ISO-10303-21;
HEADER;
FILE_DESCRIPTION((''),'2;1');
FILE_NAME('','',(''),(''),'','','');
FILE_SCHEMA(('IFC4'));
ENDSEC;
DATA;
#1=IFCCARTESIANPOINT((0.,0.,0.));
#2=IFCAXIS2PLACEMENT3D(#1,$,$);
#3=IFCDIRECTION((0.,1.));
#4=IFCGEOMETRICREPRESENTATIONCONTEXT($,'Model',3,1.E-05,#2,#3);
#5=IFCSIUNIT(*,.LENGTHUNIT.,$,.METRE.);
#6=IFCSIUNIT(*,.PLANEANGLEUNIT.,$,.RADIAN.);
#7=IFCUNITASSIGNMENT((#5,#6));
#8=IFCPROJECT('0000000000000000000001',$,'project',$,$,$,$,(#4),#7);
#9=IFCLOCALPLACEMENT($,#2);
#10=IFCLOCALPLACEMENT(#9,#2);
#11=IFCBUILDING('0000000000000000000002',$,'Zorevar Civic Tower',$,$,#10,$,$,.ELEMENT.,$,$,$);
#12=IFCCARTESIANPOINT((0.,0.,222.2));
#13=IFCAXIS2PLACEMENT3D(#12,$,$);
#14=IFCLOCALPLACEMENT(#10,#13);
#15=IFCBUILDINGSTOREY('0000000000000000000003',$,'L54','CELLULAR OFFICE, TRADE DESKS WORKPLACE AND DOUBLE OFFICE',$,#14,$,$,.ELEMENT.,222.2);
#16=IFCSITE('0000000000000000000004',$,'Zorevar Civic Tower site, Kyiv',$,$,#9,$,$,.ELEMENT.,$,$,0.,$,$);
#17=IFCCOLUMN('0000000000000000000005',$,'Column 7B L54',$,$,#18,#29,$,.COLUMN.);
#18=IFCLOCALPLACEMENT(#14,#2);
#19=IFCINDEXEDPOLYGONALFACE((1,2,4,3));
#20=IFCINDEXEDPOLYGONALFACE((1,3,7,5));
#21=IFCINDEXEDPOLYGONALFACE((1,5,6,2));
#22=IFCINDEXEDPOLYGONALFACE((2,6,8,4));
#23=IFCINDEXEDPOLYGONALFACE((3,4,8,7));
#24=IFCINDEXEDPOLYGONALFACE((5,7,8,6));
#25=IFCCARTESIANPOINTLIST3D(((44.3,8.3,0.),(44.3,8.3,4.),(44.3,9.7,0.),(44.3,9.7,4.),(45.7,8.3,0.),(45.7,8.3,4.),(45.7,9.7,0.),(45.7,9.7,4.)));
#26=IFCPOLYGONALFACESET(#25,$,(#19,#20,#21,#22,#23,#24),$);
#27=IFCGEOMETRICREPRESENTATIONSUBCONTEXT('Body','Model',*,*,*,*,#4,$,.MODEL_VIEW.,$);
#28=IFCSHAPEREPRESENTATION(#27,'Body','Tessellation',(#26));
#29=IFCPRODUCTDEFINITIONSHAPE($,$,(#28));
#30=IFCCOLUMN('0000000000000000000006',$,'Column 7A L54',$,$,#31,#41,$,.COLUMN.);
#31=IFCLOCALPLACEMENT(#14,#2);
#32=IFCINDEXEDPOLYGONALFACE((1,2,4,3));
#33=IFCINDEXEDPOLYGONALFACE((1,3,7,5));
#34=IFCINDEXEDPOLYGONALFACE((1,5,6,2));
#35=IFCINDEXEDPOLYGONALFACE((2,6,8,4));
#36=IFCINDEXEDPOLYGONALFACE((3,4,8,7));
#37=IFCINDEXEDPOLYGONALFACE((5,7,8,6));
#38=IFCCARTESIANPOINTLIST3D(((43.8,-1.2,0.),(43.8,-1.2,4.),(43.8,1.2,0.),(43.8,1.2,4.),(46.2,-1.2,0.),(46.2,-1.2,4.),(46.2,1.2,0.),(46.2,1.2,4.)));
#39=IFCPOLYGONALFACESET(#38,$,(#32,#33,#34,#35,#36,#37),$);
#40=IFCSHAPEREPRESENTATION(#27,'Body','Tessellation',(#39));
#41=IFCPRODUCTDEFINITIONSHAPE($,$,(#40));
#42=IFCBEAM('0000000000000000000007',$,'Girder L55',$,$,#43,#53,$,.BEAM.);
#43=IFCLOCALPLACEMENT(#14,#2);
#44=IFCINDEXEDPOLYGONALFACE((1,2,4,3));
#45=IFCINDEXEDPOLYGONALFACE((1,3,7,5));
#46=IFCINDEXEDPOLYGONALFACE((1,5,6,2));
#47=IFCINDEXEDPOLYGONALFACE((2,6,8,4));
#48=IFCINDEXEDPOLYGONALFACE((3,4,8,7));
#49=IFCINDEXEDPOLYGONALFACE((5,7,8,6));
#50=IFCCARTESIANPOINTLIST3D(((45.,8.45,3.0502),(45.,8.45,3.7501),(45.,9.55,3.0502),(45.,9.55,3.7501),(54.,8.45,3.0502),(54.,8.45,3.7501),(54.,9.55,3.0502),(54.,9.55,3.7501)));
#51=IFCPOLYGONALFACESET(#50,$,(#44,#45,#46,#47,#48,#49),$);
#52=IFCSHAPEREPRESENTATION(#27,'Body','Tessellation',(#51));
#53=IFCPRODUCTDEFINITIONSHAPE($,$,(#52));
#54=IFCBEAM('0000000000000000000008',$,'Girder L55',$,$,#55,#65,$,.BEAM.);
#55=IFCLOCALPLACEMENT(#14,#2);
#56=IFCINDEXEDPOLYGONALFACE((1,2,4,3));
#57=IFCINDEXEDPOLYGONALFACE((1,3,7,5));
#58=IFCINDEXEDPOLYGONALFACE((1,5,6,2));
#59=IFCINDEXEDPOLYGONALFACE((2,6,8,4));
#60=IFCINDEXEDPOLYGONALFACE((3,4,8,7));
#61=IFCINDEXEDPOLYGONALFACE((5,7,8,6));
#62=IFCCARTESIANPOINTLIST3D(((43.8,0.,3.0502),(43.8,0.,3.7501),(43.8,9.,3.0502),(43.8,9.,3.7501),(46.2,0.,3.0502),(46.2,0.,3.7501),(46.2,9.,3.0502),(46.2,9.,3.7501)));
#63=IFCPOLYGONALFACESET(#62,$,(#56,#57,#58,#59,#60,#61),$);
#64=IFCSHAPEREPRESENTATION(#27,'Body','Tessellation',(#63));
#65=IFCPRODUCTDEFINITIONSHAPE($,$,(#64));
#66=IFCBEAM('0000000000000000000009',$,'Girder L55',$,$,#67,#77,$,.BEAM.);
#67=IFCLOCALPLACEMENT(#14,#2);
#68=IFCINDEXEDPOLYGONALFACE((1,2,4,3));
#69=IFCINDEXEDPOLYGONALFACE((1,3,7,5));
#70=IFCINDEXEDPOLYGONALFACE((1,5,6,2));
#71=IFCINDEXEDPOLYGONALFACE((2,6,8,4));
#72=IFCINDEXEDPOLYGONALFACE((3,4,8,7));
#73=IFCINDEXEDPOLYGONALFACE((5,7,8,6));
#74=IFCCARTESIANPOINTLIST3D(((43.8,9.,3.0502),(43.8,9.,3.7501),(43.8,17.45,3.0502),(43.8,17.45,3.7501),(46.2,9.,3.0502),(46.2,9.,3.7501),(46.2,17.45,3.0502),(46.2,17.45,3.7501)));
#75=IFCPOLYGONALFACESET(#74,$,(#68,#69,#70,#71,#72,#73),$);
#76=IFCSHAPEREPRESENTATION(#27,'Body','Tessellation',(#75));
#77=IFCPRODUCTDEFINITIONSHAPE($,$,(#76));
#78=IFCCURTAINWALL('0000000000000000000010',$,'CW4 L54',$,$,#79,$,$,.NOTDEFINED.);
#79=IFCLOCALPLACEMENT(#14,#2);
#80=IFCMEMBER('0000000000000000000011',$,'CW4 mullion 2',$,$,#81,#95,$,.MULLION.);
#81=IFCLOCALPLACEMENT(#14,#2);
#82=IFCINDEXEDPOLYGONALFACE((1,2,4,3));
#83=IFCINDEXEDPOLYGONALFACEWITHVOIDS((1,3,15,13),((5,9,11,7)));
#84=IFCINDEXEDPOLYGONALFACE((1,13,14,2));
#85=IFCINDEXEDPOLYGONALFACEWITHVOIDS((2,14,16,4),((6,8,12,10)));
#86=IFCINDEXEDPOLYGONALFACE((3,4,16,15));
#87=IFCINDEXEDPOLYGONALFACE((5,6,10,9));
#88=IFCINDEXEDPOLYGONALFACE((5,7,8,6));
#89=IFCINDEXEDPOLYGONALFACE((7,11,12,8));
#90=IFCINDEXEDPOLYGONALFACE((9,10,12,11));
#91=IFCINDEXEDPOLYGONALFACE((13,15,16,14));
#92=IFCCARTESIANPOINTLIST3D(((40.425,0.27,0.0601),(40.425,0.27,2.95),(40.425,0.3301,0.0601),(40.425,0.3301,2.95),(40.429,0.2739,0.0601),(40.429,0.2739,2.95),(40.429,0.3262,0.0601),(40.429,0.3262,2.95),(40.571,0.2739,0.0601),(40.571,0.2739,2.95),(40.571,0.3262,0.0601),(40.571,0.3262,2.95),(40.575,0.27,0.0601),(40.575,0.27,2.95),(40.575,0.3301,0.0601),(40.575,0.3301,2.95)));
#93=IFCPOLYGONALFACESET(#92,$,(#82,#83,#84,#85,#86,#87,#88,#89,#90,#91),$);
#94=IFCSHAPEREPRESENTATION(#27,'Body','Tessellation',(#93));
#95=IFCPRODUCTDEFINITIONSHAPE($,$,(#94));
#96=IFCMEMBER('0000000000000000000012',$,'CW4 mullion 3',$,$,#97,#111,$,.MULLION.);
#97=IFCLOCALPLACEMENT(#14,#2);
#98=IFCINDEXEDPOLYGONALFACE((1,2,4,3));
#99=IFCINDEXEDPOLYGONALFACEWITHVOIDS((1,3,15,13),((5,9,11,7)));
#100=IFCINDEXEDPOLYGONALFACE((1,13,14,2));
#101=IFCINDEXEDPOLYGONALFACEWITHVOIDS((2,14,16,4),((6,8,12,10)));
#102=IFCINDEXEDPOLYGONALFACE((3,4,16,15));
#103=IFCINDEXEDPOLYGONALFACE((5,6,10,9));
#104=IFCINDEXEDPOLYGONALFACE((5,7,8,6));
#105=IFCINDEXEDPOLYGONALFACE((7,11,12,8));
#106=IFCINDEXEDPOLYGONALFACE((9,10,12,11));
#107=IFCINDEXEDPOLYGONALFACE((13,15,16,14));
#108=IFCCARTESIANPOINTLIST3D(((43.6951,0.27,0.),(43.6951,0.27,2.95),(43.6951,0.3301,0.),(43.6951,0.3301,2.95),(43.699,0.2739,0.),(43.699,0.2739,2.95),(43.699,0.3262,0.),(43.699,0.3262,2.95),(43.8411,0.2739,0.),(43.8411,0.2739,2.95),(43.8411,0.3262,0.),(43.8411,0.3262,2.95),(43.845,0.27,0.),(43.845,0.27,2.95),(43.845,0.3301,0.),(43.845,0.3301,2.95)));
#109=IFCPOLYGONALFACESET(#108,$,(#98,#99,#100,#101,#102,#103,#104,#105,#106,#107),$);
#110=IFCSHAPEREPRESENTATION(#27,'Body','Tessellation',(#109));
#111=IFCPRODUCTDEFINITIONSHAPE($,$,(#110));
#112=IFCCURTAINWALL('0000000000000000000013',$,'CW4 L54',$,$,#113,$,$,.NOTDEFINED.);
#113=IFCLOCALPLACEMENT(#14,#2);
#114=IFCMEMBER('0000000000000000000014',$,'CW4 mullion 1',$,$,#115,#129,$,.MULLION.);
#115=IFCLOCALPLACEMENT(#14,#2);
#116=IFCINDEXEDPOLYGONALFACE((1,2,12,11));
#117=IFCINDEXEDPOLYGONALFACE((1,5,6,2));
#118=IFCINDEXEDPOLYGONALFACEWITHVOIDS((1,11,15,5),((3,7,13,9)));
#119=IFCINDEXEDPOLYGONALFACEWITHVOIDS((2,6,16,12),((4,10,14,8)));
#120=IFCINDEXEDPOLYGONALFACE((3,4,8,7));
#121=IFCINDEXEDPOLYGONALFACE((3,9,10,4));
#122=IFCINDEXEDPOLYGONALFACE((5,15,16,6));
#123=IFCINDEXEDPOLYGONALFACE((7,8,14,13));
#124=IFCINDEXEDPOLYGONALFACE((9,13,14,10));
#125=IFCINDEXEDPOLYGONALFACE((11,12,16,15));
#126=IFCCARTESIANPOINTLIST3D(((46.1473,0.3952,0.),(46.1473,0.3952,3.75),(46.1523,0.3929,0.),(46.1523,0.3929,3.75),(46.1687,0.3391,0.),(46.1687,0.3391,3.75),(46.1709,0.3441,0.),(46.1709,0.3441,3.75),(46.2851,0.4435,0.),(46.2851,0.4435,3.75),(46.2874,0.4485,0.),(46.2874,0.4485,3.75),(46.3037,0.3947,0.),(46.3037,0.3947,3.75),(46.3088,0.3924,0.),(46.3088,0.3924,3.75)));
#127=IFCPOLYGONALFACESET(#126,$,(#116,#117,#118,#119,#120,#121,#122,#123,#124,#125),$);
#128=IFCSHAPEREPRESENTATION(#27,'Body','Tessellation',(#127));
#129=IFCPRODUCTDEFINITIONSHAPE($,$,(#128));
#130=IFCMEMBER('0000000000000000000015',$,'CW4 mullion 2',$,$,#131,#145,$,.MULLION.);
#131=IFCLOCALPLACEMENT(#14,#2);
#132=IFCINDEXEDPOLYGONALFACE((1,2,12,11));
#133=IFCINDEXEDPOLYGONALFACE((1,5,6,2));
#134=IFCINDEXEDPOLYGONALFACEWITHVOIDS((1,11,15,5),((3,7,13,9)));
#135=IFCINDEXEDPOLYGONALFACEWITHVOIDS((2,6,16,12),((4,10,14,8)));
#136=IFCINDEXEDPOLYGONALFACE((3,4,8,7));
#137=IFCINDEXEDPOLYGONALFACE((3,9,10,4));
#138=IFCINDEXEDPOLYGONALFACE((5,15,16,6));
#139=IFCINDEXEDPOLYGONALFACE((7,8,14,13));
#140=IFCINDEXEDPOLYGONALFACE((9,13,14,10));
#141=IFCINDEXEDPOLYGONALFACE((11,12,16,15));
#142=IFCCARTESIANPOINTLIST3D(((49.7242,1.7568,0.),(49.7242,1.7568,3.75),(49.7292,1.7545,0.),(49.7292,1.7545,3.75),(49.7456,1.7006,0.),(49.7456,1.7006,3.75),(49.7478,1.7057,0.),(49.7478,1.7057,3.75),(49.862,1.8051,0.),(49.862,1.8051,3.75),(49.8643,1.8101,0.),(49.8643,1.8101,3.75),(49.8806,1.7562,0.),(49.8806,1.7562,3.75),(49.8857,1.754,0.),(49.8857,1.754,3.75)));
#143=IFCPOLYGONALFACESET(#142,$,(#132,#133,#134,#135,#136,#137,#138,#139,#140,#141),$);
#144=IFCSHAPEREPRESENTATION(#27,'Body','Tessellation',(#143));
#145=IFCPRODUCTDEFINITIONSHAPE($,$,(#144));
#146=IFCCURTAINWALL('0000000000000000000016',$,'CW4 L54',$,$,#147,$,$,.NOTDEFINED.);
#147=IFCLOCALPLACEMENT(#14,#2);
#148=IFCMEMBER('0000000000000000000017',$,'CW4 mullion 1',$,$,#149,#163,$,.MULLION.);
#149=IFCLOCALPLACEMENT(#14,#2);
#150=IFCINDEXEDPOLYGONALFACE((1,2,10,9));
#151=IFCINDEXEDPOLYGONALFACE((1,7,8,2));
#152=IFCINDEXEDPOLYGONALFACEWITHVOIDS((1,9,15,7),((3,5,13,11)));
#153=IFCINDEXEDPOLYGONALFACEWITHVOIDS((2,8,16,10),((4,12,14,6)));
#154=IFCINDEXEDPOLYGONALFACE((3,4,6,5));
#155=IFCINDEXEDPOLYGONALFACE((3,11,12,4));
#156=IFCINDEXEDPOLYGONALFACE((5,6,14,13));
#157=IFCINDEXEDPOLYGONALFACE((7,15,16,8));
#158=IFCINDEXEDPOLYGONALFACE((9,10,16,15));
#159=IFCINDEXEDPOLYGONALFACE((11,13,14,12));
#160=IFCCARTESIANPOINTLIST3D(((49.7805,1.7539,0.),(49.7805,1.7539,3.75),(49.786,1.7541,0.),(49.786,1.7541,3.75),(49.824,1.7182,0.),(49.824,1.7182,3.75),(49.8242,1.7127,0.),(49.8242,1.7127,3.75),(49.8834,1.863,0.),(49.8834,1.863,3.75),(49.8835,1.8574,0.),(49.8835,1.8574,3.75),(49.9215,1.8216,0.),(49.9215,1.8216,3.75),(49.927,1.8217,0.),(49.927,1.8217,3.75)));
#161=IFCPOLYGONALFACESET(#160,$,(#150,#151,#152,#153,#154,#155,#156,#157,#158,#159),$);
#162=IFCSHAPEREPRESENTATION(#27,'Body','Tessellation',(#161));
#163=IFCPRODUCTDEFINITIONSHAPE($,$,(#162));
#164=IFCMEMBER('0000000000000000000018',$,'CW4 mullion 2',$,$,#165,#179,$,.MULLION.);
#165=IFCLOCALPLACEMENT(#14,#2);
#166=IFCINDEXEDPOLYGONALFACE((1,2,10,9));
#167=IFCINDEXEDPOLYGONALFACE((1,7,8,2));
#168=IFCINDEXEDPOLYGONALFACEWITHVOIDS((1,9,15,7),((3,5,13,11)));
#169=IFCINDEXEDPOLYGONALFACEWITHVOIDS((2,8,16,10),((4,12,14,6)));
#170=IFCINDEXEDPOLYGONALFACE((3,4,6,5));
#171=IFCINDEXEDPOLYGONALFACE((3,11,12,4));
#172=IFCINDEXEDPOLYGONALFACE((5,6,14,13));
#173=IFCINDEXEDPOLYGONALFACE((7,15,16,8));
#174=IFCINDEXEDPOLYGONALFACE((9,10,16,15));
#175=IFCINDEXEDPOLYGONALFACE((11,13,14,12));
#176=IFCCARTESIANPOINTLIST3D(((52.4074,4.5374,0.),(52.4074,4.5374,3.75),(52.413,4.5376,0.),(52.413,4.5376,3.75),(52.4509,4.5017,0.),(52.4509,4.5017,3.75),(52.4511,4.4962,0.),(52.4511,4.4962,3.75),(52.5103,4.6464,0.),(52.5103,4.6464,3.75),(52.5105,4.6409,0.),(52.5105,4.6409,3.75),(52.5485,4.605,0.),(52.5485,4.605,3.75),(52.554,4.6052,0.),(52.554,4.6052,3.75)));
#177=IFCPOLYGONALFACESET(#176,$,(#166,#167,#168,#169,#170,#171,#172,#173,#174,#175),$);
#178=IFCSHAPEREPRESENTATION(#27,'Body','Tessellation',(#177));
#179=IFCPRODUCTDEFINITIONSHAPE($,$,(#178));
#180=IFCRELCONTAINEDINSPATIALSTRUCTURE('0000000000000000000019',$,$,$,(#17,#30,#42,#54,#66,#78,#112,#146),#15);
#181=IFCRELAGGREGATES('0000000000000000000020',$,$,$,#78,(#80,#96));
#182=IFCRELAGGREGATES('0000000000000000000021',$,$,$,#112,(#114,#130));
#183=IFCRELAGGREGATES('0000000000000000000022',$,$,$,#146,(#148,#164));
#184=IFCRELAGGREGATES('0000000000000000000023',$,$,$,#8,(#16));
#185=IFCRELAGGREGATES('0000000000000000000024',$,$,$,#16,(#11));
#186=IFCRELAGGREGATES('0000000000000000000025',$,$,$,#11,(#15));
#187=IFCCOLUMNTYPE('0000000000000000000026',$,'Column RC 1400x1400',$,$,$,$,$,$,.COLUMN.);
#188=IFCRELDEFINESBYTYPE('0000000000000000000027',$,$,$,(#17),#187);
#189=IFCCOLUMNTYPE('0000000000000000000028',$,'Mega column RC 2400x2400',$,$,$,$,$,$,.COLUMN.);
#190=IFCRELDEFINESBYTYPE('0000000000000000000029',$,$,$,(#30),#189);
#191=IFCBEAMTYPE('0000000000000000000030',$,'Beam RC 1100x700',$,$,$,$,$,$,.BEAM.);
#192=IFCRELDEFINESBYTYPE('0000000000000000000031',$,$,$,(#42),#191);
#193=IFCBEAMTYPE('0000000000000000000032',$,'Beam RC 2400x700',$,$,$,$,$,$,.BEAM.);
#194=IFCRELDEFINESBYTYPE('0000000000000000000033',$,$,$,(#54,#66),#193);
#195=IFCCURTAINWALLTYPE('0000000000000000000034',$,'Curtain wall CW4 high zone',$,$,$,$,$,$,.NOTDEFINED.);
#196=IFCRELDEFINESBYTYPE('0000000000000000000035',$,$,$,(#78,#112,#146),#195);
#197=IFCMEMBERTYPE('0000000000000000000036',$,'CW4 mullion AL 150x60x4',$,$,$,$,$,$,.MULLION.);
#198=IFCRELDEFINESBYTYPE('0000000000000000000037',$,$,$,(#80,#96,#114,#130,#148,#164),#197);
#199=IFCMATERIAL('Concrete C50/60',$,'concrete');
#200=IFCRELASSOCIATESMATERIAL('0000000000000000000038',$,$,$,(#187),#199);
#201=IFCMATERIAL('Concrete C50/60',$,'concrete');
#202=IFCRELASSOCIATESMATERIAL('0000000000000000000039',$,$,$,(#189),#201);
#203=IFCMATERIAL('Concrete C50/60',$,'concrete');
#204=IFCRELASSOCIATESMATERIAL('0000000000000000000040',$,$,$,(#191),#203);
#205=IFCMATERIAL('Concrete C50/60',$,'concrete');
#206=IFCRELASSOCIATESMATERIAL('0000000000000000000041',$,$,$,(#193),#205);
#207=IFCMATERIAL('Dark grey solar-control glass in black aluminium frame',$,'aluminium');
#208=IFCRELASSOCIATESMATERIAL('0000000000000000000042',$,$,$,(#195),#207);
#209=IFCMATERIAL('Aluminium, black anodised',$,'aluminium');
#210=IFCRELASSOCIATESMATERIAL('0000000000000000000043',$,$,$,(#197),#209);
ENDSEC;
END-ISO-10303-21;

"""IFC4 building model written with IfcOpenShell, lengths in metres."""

from ifc_helpers import new_model, si_unit, direction, frame, origin, origin_2d, place, context, subcontext, project, spatial, rectangle, hollow_rectangle, extrude, material, material_profile, profile_set, type_object, element, aggregate, save


model = new_model("IFC4")

# Units and contexts
model_context = context("Model", 3, precision=1e-05, world=origin(), true_north=direction((0.0, 1.0)))
body_context = subcontext(model_context, "Body", "Model", "MODEL_VIEW")
ifc_project = project(units=[si_unit("LENGTHUNIT", "METRE"), si_unit("PLANEANGLEUNIT", "RADIAN")], contexts=[model_context])

# Site, building, storey
site_placement = place(None, origin())
site = spatial("IfcSite", under=ifc_project, at=site_placement, Name="Zorevar Civic Tower site, Kyiv", CompositionType="ELEMENT", RefElevation=0.0)
building_placement = place(site_placement, origin())
building = spatial("IfcBuilding", under=site, at=building_placement, Name="Zorevar Civic Tower", CompositionType="ELEMENT")
storey_placement = place(building_placement, frame((0.0, 0.0, 222.2)))
storey = spatial("IfcBuildingStorey", under=building, at=storey_placement, Name="L54", Description="CELLULAR OFFICE, TRADE DESKS WORKPLACE AND DOUBLE OFFICE", CompositionType="ELEMENT", Elevation=222.2)

# Columns
ifc_material_1 = material(Name="Concrete C50/60", Category="concrete")
ifc_material_profile_1 = material_profile(ifc_material_1, rectangle(XDim=1.3999, YDim=1.3999, at=origin_2d()), Name="RC 1400x1400")
ifc_profile_set_1 = profile_set([ifc_material_profile_1], Name="Concrete C50/60")
column_type_1 = type_object("IfcColumnType", Name="Column RC 1400x1400", PredefinedType="COLUMN", material=ifc_profile_set_1)
column_1_placement = place(storey_placement, frame((45.0, 9.0, 0.0), z_axis=(0.0, 0.0, 1.0), x_axis=(1.0, 0.0, 0.0)))
element("IfcColumn", 1, at=column_1_placement, inside=storey, type_object=column_type_1, Name="Column 7B L54", PredefinedType="COLUMN", context=body_context, shape_type="SweptSolid", body=[
    extrude(rectangle(XDim=1.3999, YDim=1.3999, at=origin_2d()), origin(), (0.0, 0.0, 1.0), 4.0),
])
ifc_material_2 = material(Name="Concrete C50/60", Category="concrete")
ifc_material_profile_2 = material_profile(ifc_material_2, rectangle(XDim=2.3999, YDim=2.3999, at=origin_2d()), Name="RC 2400x2400")
ifc_profile_set_2 = profile_set([ifc_material_profile_2], Name="Concrete C50/60")
column_type_2 = type_object("IfcColumnType", Name="Mega column RC 2400x2400", PredefinedType="COLUMN", material=ifc_profile_set_2)
column_2_placement = place(storey_placement, frame((45.0, 0.0, 0.0), z_axis=(0.0, 0.0, 1.0), x_axis=(1.0, 0.0, 0.0)))
element("IfcColumn", 2, at=column_2_placement, inside=storey, type_object=column_type_2, Name="Column 7A L54", PredefinedType="COLUMN", context=body_context, shape_type="SweptSolid", body=[
    extrude(rectangle(XDim=2.3999, YDim=2.3999, at=origin_2d()), origin(), (0.0, 0.0, 1.0), 4.0),
])

# Beams
ifc_material_3 = material(Name="Concrete C50/60", Category="concrete")
ifc_material_profile_3 = material_profile(ifc_material_3, rectangle(XDim=1.1001, YDim=0.7, at=origin_2d()), Name="RC 1100x700")
ifc_profile_set_3 = profile_set([ifc_material_profile_3], Name="Concrete C50/60")
beam_type_1 = type_object("IfcBeamType", Name="Beam RC 1100x700", PredefinedType="BEAM", material=ifc_profile_set_3)
beam_1_placement = place(storey_placement, frame((45.0, 9.0, 3.4001), z_axis=(1.0, 0.0, 0.0), x_axis=(0.0, 1.0, 0.0)))
element("IfcBeam", 3, at=beam_1_placement, inside=storey, type_object=beam_type_1, Name="Girder L55", PredefinedType="BEAM", context=body_context, shape_type="SweptSolid", body=[
    extrude(rectangle(XDim=1.1001, YDim=0.7, at=origin_2d()), origin(), (0.0, 0.0, 1.0), 9.0),
])
ifc_material_4 = material(Name="Concrete C50/60", Category="concrete")
ifc_material_profile_4 = material_profile(ifc_material_4, rectangle(XDim=2.3999, YDim=0.7, at=origin_2d()), Name="RC 2400x700")
ifc_profile_set_4 = profile_set([ifc_material_profile_4], Name="Concrete C50/60")
beam_type_2 = type_object("IfcBeamType", Name="Beam RC 2400x700", PredefinedType="BEAM", material=ifc_profile_set_4)
beam_2_placement = place(storey_placement, frame((45.0, 0.0, 3.4001), z_axis=(0.0, 1.0, 0.0), x_axis=(-1.0, 0.0, 0.0)))
element("IfcBeam", 4, at=beam_2_placement, inside=storey, type_object=beam_type_2, Name="Girder L55", PredefinedType="BEAM", context=body_context, shape_type="SweptSolid", body=[
    extrude(rectangle(XDim=2.3999, YDim=0.7, at=origin_2d()), origin(), (0.0, 0.0, 1.0), 9.0),
])
beam_3_placement = place(storey_placement, frame((45.0, 9.0, 3.4001), z_axis=(0.0, 1.0, 0.0), x_axis=(-1.0, 0.0, 0.0)))
element("IfcBeam", 5, at=beam_3_placement, inside=storey, type_object=beam_type_2, Name="Girder L55", PredefinedType="BEAM", context=body_context, shape_type="SweptSolid", body=[
    extrude(rectangle(XDim=2.3999, YDim=0.7, at=origin_2d()), origin(), (0.0, 0.0, 1.0), 8.45),
])

# Curtain walls, members
ifc_material_5 = material(Name="Dark grey solar-control glass in black aluminium frame", Category="aluminium")
curtain_wall_type = type_object("IfcCurtainWallType", Name="Curtain wall CW4 high zone", PredefinedType="NOTDEFINED", material=ifc_material_5)
curtain_wall_1_placement = place(storey_placement, origin())
curtain_wall_1 = element("IfcCurtainWall", 6, at=curtain_wall_1_placement, inside=storey, type_object=curtain_wall_type, Name="CW4 L54", PredefinedType="NOTDEFINED")
ifc_material_6 = material(Name="Aluminium, black anodised", Category="aluminium")
ifc_material_profile_5 = material_profile(ifc_material_6, hollow_rectangle(XDim=0.0601, YDim=0.1499, WallThickness=0.0039, at=origin_2d()), Name="AL 150x60x4")
ifc_profile_set_5 = profile_set([ifc_material_profile_5], Name="Aluminium, black anodised")
member_type_1 = type_object("IfcMemberType", Name="CW4 mullion AL 150x60x4", PredefinedType="MULLION", material=ifc_profile_set_5)
member_1_placement = place(storey_placement, frame((40.5, 0.3, 0.0601), z_axis=(0.0, 0.0, 1.0), x_axis=(0.0, 1.0, 0.0)))
member_1 = element("IfcMember", 7, at=member_1_placement, type_object=member_type_1, Name="CW4 mullion 2", PredefinedType="MULLION", context=body_context, shape_type="SweptSolid", body=[
    extrude(hollow_rectangle(XDim=0.0601, YDim=0.1499, WallThickness=0.0039, at=origin_2d()), origin(), (0.0, 0.0, 1.0), 2.8899),
])
member_2_placement = place(storey_placement, frame((43.77, 0.3, 0.0), z_axis=(0.0, 0.0, 1.0), x_axis=(0.0, 1.0, 0.0)))
member_2 = element("IfcMember", 8, at=member_2_placement, type_object=member_type_1, Name="CW4 mullion 3", PredefinedType="MULLION", context=body_context, shape_type="SweptSolid", body=[
    extrude(hollow_rectangle(XDim=0.0601, YDim=0.1499, WallThickness=0.0039, at=origin_2d()), origin(), (0.0, 0.0, 1.0), 2.95),
])
curtain_wall_2_placement = place(storey_placement, origin())
curtain_wall_2 = element("IfcCurtainWall", 9, at=curtain_wall_2_placement, inside=storey, type_object=curtain_wall_type, Name="CW4 L54", PredefinedType="NOTDEFINED")
member_3_placement = place(storey_placement, frame((46.228, 0.3938, 0.0), z_axis=(0.0, 0.0, 1.0), x_axis=(-0.355731, 0.934588, 0.0)))
member_3 = element("IfcMember", 10, at=member_3_placement, type_object=member_type_1, Name="CW4 mullion 1", PredefinedType="MULLION", context=body_context, shape_type="SweptSolid", body=[
    extrude(hollow_rectangle(XDim=0.0601, YDim=0.1499, WallThickness=0.0039, at=origin_2d()), origin(), (0.0, 0.0, 1.0), 3.75),
])
member_4_placement = place(storey_placement, frame((49.8049, 1.7554, 0.0), z_axis=(0.0, 0.0, 1.0), x_axis=(-0.355731, 0.934588, 0.0)))
member_4 = element("IfcMember", 11, at=member_4_placement, type_object=member_type_1, Name="CW4 mullion 2", PredefinedType="MULLION", context=body_context, shape_type="SweptSolid", body=[
    extrude(hollow_rectangle(XDim=0.0601, YDim=0.1499, WallThickness=0.0039, at=origin_2d()), origin(), (0.0, 0.0, 1.0), 3.75),
])
curtain_wall_3_placement = place(storey_placement, origin())
curtain_wall_3 = element("IfcCurtainWall", 12, at=curtain_wall_3_placement, inside=storey, type_object=curtain_wall_type, Name="CW4 L54", PredefinedType="NOTDEFINED")
member_5_placement = place(storey_placement, frame((49.8538, 1.7878, 0.0), z_axis=(0.0, 0.0, 1.0), x_axis=(-0.727245, 0.686378, 0.0)))
member_5 = element("IfcMember", 13, at=member_5_placement, type_object=member_type_1, Name="CW4 mullion 1", PredefinedType="MULLION", context=body_context, shape_type="SweptSolid", body=[
    extrude(hollow_rectangle(XDim=0.0601, YDim=0.1499, WallThickness=0.0039, at=origin_2d()), origin(), (0.0, 0.0, 1.0), 3.75),
])
member_6_placement = place(storey_placement, frame((52.4807, 4.5713, 0.0), z_axis=(0.0, 0.0, 1.0), x_axis=(-0.727245, 0.686378, 0.0)))
member_6 = element("IfcMember", 14, at=member_6_placement, type_object=member_type_1, Name="CW4 mullion 2", PredefinedType="MULLION", context=body_context, shape_type="SweptSolid", body=[
    extrude(hollow_rectangle(XDim=0.0601, YDim=0.1499, WallThickness=0.0039, at=origin_2d()), origin(), (0.0, 0.0, 1.0), 3.75),
])

aggregate(curtain_wall_1, [member_1, member_2])
aggregate(curtain_wall_2, [member_3, member_4])
aggregate(curtain_wall_3, [member_5, member_6])

save(model, "model.ifc")
